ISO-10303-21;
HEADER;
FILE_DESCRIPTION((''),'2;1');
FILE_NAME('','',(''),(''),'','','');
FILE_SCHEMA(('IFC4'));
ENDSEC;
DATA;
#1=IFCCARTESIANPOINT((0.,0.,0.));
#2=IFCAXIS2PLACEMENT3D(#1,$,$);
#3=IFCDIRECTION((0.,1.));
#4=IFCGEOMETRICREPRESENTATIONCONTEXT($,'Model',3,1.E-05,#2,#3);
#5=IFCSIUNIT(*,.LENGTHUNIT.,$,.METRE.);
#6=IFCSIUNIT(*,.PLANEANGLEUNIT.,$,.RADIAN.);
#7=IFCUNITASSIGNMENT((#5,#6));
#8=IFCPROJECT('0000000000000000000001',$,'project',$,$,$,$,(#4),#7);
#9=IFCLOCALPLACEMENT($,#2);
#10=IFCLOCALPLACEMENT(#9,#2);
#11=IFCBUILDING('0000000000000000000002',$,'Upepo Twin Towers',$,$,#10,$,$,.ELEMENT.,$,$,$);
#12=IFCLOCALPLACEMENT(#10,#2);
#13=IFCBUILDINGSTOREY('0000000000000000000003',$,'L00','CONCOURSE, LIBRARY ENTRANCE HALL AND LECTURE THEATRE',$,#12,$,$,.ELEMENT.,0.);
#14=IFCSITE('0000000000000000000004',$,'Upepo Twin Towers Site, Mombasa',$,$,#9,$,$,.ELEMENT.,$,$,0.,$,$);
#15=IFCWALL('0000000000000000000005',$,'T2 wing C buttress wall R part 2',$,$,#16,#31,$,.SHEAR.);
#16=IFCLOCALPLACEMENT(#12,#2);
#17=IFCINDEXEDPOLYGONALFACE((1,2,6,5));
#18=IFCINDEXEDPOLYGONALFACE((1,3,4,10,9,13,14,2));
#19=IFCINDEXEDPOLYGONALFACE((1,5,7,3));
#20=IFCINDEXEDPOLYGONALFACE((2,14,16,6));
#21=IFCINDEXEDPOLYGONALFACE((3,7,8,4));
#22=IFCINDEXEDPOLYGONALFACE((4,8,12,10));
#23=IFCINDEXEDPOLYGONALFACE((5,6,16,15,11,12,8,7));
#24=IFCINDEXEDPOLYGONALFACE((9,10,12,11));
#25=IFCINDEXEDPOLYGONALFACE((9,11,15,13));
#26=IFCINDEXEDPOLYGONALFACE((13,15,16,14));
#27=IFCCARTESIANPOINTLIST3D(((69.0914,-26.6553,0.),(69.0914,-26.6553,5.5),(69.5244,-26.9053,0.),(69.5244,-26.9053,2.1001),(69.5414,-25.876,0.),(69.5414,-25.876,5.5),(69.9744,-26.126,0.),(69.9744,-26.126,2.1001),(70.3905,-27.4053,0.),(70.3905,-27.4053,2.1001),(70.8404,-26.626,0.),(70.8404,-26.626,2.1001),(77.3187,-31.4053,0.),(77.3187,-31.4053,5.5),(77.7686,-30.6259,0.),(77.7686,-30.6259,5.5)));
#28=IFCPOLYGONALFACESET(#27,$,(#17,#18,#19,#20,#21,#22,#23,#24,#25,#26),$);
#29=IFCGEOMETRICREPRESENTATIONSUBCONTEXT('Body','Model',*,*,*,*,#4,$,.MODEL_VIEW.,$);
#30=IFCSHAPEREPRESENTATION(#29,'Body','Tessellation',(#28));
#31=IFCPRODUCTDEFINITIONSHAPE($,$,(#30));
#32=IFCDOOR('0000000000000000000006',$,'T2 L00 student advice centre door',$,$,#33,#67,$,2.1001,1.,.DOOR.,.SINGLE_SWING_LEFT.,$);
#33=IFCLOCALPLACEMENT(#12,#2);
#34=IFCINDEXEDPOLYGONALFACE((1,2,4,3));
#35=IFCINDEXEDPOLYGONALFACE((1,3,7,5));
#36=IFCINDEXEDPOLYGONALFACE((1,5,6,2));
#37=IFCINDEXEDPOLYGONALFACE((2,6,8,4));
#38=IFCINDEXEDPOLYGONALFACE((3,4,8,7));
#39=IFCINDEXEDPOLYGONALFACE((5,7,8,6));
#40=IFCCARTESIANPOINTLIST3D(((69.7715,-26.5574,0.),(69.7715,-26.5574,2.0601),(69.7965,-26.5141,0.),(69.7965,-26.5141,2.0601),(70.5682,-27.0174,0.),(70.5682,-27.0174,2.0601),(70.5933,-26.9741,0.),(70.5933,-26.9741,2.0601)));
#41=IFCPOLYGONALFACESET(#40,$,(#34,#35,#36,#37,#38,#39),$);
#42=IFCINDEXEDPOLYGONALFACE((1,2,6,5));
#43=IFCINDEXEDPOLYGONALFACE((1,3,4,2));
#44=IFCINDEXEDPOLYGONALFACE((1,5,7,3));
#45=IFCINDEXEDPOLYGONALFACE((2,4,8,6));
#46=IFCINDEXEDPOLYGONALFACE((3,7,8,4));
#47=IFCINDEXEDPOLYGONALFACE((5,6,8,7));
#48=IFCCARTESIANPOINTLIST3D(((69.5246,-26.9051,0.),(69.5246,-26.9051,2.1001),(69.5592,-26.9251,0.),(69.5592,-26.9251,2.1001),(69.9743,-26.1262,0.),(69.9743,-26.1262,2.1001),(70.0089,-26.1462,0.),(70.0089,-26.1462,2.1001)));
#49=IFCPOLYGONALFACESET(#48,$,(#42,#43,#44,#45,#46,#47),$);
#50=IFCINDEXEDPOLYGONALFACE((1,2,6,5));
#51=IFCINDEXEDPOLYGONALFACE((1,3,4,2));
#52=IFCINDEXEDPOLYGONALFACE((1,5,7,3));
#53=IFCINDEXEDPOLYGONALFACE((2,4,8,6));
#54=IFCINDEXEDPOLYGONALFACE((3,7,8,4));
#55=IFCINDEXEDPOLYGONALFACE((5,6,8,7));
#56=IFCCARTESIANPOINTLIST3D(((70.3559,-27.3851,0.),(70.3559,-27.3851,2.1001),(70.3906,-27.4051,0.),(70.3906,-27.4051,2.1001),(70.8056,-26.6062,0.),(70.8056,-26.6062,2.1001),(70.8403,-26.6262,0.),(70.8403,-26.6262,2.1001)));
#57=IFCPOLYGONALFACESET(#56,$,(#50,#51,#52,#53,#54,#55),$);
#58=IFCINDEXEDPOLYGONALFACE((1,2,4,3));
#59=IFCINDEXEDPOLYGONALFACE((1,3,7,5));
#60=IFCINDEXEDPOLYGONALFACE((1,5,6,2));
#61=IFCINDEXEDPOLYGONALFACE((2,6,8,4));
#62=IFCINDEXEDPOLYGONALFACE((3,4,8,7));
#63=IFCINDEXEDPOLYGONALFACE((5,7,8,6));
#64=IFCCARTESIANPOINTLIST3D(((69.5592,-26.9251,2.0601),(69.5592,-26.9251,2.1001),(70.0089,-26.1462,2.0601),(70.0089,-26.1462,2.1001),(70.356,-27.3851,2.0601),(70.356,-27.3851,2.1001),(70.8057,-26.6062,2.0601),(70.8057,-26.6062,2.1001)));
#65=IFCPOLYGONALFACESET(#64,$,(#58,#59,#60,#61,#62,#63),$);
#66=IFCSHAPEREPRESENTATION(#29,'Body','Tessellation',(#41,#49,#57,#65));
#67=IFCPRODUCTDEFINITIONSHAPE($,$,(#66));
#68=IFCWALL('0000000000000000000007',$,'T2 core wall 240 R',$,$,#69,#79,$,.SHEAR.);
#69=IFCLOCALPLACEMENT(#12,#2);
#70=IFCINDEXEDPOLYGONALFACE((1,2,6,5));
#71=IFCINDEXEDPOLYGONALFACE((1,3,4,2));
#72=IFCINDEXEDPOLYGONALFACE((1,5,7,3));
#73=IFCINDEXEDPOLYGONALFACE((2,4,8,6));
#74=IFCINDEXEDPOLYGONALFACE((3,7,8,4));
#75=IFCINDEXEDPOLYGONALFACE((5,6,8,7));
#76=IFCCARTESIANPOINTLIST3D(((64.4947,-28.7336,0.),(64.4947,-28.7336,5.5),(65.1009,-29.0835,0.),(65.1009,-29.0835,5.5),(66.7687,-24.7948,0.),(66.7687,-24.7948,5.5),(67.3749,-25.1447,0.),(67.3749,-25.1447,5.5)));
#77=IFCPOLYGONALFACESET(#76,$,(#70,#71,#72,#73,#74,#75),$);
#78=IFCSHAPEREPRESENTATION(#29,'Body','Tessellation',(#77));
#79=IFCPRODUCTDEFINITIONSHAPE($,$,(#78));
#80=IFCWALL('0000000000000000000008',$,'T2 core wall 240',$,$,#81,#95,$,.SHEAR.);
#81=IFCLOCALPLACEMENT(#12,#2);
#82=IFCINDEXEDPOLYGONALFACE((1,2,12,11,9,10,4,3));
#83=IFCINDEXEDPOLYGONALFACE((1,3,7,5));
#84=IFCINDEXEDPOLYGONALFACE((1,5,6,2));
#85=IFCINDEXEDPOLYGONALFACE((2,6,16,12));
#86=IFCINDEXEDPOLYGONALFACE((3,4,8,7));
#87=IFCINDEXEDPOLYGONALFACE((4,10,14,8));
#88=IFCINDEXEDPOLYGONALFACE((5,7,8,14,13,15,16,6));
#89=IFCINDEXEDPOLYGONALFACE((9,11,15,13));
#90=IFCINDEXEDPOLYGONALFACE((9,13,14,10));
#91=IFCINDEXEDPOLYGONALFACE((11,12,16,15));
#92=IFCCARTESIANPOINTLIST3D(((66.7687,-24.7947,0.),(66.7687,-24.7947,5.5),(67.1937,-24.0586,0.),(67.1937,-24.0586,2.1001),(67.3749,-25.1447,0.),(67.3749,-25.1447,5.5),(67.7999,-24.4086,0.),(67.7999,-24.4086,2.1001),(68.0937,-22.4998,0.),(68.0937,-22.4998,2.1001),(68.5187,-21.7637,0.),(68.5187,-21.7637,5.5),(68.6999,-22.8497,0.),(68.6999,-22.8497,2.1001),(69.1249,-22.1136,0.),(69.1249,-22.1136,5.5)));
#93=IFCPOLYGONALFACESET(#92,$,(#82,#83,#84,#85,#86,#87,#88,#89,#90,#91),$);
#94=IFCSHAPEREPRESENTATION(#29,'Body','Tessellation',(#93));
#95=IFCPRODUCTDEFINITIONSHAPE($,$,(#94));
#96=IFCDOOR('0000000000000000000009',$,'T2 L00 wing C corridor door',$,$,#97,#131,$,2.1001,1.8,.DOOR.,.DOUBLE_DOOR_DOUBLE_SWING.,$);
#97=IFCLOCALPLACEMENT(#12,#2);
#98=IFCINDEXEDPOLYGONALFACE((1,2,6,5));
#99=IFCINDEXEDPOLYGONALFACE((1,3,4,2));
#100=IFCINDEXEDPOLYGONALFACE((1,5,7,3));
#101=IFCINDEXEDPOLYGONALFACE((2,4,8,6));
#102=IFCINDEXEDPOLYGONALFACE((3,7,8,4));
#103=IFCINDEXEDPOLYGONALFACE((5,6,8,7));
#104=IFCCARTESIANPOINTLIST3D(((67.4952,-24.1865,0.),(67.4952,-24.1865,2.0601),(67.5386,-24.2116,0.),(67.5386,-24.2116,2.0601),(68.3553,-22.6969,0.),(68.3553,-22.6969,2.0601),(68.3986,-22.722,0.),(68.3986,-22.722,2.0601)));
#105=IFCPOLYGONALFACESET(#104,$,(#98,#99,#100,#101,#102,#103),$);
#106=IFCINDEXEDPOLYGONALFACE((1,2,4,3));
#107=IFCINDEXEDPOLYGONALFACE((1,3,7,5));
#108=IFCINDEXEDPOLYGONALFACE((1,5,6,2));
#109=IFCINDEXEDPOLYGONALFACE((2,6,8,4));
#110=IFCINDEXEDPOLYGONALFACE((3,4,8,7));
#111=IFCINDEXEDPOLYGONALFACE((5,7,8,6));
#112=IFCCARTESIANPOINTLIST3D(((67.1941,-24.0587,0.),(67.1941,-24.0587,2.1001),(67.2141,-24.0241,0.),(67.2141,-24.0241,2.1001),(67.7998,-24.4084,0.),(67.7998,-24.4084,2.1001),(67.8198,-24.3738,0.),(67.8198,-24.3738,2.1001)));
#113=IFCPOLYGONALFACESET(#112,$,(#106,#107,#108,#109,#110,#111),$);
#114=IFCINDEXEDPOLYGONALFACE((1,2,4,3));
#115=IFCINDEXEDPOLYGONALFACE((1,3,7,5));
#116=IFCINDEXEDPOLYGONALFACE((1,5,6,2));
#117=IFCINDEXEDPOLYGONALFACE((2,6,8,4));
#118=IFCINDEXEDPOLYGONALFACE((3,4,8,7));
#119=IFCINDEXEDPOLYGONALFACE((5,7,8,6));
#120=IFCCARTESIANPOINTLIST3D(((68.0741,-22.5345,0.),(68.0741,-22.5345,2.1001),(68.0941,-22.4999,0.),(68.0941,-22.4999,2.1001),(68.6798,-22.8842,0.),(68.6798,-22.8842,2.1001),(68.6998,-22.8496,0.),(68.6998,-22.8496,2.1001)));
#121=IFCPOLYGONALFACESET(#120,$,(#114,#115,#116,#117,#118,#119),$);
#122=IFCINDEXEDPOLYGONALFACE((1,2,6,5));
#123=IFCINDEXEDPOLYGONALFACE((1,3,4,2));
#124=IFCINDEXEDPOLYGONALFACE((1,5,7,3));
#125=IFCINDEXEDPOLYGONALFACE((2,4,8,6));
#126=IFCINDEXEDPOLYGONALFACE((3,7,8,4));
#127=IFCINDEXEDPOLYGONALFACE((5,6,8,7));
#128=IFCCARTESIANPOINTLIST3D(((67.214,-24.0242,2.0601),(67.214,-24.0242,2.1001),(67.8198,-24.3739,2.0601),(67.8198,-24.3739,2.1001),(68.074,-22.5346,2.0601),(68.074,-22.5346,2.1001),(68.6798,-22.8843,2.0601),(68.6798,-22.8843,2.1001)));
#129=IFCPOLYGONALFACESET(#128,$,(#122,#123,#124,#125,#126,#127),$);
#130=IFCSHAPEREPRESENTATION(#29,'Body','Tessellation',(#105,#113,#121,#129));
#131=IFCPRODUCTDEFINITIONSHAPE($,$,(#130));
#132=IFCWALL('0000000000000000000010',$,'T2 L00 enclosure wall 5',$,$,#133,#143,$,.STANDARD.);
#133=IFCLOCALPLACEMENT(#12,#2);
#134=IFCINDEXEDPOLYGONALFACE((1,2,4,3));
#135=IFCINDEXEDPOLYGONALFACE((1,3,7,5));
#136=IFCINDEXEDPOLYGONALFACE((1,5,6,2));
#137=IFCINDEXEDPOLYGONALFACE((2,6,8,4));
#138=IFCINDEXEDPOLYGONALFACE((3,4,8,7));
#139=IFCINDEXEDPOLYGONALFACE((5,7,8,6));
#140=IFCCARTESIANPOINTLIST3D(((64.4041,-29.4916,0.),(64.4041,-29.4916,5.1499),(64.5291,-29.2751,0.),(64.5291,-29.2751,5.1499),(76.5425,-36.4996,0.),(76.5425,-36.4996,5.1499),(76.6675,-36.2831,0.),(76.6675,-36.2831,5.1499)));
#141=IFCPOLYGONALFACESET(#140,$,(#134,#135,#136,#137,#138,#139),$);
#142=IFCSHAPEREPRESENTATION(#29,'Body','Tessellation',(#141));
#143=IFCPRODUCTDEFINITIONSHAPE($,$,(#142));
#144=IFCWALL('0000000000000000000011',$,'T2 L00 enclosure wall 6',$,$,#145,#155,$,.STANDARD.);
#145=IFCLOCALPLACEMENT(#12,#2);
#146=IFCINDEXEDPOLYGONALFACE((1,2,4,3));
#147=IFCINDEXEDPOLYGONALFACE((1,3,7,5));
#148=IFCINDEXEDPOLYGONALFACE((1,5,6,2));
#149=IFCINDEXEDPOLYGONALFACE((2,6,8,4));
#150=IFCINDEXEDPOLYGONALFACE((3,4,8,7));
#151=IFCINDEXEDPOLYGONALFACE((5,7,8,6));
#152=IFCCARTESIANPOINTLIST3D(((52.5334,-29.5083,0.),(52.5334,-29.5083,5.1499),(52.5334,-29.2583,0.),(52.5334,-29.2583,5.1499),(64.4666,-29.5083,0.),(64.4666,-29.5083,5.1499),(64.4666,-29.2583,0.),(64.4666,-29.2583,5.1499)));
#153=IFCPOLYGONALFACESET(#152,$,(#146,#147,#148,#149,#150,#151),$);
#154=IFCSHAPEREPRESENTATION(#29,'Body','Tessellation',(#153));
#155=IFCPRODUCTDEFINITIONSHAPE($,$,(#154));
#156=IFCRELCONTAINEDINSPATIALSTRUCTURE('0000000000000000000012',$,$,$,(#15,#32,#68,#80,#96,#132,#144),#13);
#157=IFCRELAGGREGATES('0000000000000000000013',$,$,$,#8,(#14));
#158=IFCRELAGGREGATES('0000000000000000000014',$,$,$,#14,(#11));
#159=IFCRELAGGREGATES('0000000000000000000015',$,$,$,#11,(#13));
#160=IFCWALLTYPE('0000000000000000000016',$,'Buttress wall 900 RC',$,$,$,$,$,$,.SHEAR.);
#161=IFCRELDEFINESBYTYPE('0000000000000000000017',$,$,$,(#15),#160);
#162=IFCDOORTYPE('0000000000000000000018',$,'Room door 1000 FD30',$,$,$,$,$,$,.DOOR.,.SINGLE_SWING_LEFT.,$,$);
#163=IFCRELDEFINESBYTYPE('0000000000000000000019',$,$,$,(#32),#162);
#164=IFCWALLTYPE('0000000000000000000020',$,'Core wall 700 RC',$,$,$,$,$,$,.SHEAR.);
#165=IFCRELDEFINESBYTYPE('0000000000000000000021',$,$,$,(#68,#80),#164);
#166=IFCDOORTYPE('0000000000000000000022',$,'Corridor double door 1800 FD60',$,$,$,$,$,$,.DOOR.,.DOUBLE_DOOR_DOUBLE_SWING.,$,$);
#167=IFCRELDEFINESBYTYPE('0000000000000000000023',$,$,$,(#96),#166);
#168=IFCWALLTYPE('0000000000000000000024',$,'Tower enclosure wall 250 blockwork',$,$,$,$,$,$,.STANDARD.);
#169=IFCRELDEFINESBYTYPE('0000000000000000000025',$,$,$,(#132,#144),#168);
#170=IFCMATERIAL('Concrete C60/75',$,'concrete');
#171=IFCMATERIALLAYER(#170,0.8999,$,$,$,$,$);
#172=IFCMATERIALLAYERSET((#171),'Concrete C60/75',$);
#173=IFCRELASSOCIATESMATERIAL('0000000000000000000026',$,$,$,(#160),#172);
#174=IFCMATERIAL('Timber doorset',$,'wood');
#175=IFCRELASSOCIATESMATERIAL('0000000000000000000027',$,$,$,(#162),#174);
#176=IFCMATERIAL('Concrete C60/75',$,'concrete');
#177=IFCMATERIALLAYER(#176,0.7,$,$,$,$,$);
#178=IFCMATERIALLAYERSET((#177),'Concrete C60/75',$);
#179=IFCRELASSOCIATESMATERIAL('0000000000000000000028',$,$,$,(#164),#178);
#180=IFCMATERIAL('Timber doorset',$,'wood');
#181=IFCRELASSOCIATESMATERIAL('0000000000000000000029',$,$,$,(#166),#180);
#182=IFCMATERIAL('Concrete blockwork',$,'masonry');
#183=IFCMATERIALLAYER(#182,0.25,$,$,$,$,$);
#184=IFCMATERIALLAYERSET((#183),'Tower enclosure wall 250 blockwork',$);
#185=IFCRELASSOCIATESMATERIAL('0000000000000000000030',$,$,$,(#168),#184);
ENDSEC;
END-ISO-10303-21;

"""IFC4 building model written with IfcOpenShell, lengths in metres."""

from ifc_helpers import new_model, si_unit, direction, frame, frame_2d, origin, place, context, subcontext, project, spatial, rectangle, extrude, material, layer, layer_set, type_object, element, fill, save


model = new_model("IFC4")

# Units and contexts
model_context = context("Model", 3, precision=1e-05, world=origin(), true_north=direction((0.0, 1.0)))
body_context = subcontext(model_context, "Body", "Model", "MODEL_VIEW")
ifc_project = project(units=[si_unit("LENGTHUNIT", "METRE"), si_unit("PLANEANGLEUNIT", "RADIAN")], contexts=[model_context])

# Site, building, storey
site_placement = place(None, origin())
site = spatial("IfcSite", under=ifc_project, at=site_placement, Name="Upepo Twin Towers Site, Mombasa", CompositionType="ELEMENT", RefElevation=0.0)
building_placement = place(site_placement, origin())
building = spatial("IfcBuilding", under=site, at=building_placement, Name="Upepo Twin Towers", CompositionType="ELEMENT")
storey_placement = place(building_placement, origin())
storey = spatial("IfcBuildingStorey", under=building, at=storey_placement, Name="L00", Description="CONCOURSE, LIBRARY ENTRANCE HALL AND LECTURE THEATRE", CompositionType="ELEMENT", Elevation=0.0)

# Wall, opening, door
ifc_material_1 = material(Name="Concrete C60/75", Category="concrete")
ifc_layer_1 = layer(ifc_material_1, 0.8999)
ifc_layer_set_1 = layer_set([ifc_layer_1], Name="Concrete C60/75")
wall_type_1 = type_object("IfcWallType", Name="Buttress wall 900 RC", PredefinedType="SHEAR", material=ifc_layer_set_1)
wall_1_placement = place(storey_placement, frame((69.3164, -26.2656, 0.0), z_axis=(0.0, 0.0, 1.0), x_axis=(0.866027, -0.499998, 0.0)))
wall_1 = element("IfcWall", 1, at=wall_1_placement, inside=storey, type_object=wall_type_1, Name="T2 wing C buttress wall R part 2", PredefinedType="SHEAR", context=body_context, shape_type="SweptSolid", body=[
    extrude(rectangle(XDim=9.5, YDim=0.8999, at=frame_2d((4.75, 0.0))), origin(), (0.0, 0.0, 1.0), 5.5),
])
opening_1_placement = place(wall_1_placement, frame((0.5, 0.0, 0.0)))
opening_1 = element("IfcOpeningElement", 2, at=opening_1_placement, cuts=wall_1, PredefinedType="OPENING", context=body_context, shape_type="SweptSolid", body=[
    extrude(rectangle(XDim=1.0, YDim=2.1001, at=frame_2d((0.5, 1.05))), frame((0.0, 0.46, 0.0), z_axis=(0.0, -1.0, 0.0), x_axis=(1.0, 0.0, 0.0)), (0.0, 0.0, 1.0), 0.9199),
])
ifc_material_2 = material(Name="Timber doorset", Category="wood")
door_type_1 = type_object("IfcDoorType", Name="Room door 1000 FD30", OperationType="SINGLE_SWING_LEFT", PredefinedType="DOOR", material=ifc_material_2)
door_1_placement = place(opening_1_placement, origin())
door_1 = element("IfcDoor", 3, at=door_1_placement, inside=storey, type_object=door_type_1, Name="T2 L00 student advice centre door", OperationType="SINGLE_SWING_LEFT", OverallHeight=2.1001, OverallWidth=1.0, PredefinedType="DOOR", context=body_context, shape_type="SweptSolid", body=[
    extrude(rectangle(XDim=0.92, YDim=2.0601, at=frame_2d((0.5, 1.03))), frame((0.0, 0.0249, 0.0), z_axis=(0.0, -1.0, 0.0), x_axis=(1.0, 0.0, 0.0)), (0.0, 0.0, 1.0), 0.05),
    extrude(rectangle(XDim=0.04, YDim=2.1001, at=frame_2d((0.02, 1.05))), frame((0.0, 0.4497, 0.0), z_axis=(0.0, -1.0, 0.0), x_axis=(1.0, 0.0, 0.0)), (0.0, 0.0, 1.0), 0.8994),
    extrude(rectangle(XDim=0.04, YDim=2.1001, at=frame_2d((0.98, 1.05))), frame((0.0, 0.4497, 0.0), z_axis=(0.0, -1.0, 0.0), x_axis=(1.0, 0.0, 0.0)), (0.0, 0.0, 1.0), 0.8994),
    extrude(rectangle(XDim=0.92, YDim=0.04, at=frame_2d((0.5, 2.0801))), frame((0.0, 0.4497, 0.0), z_axis=(0.0, -1.0, 0.0), x_axis=(1.0, 0.0, 0.0)), (0.0, 0.0, 1.0), 0.8994),
])
fill(opening_1, door_1)

# Wall
ifc_material_3 = material(Name="Concrete C60/75", Category="concrete")
ifc_layer_2 = layer(ifc_material_3, 0.7)
ifc_layer_set_2 = layer_set([ifc_layer_2], Name="Concrete C60/75")
wall_type_2 = type_object("IfcWallType", Name="Core wall 700 RC", PredefinedType="SHEAR", material=ifc_layer_set_2)
wall_2_placement = place(storey_placement, frame((64.7979, -28.9084, 0.0), z_axis=(0.0, 0.0, 1.0), x_axis=(0.499984, 0.866035, 0.0)))
element("IfcWall", 4, at=wall_2_placement, inside=storey, type_object=wall_type_2, Name="T2 core wall 240 R", PredefinedType="SHEAR", context=body_context, shape_type="SweptSolid", body=[
    extrude(rectangle(XDim=4.5481, YDim=0.7, at=frame_2d((2.2739, 0.0))), origin(), (0.0, 0.0, 1.0), 5.5),
])

# Wall, opening, door
wall_3_placement = place(storey_placement, frame((67.0718, -24.9697, 0.0), z_axis=(0.0, 0.0, 1.0), x_axis=(0.50001, 0.866019, 0.0)))
wall_3 = element("IfcWall", 5, at=wall_3_placement, inside=storey, type_object=wall_type_2, Name="T2 core wall 240", PredefinedType="SHEAR", context=body_context, shape_type="SweptSolid", body=[
    extrude(rectangle(XDim=3.5, YDim=0.7, at=frame_2d((1.75, 0.0))), origin(), (0.0, 0.0, 1.0), 5.5),
])
opening_2_placement = place(wall_3_placement, frame((0.8501, 0.0, 0.0)))
opening_2 = element("IfcOpeningElement", 6, at=opening_2_placement, cuts=wall_3, PredefinedType="OPENING", context=body_context, shape_type="SweptSolid", body=[
    extrude(rectangle(XDim=1.8, YDim=2.1001, at=frame_2d((0.8999, 1.05))), frame((0.0, 0.3599, 0.0), z_axis=(0.0, -1.0, 0.0), x_axis=(1.0, 0.0, 0.0)), (0.0, 0.0, 1.0), 0.72),
])
ifc_material_4 = material(Name="Timber doorset", Category="wood")
door_type_2 = type_object("IfcDoorType", Name="Corridor double door 1800 FD60", OperationType="DOUBLE_DOOR_DOUBLE_SWING", PredefinedType="DOOR", material=ifc_material_4)
door_2_placement = place(opening_2_placement, origin())
door_2 = element("IfcDoor", 7, at=door_2_placement, inside=storey, type_object=door_type_2, Name="T2 L00 wing C corridor door", OperationType="DOUBLE_DOOR_DOUBLE_SWING", OverallHeight=2.1001, OverallWidth=1.8, PredefinedType="DOOR", context=body_context, shape_type="SweptSolid", body=[
    extrude(rectangle(XDim=1.72, YDim=2.0601, at=frame_2d((0.8999, 1.03))), frame((0.0, 0.0249, 0.0), z_axis=(0.0, -1.0, 0.0), x_axis=(1.0, 0.0, 0.0)), (0.0, 0.0, 1.0), 0.05),
    extrude(rectangle(XDim=0.04, YDim=2.1001, at=frame_2d((0.02, 1.05))), frame((0.0, 0.3496, 0.0), z_axis=(0.0, -1.0, 0.0), x_axis=(1.0, 0.0, 0.0)), (0.0, 0.0, 1.0), 0.6995),
    extrude(rectangle(XDim=0.04, YDim=2.1001, at=frame_2d((1.78, 1.05))), frame((0.0, 0.3496, 0.0), z_axis=(0.0, -1.0, 0.0), x_axis=(1.0, 0.0, 0.0)), (0.0, 0.0, 1.0), 0.6995),
    extrude(rectangle(XDim=1.72, YDim=0.04, at=frame_2d((0.8999, 2.0801))), frame((0.0, 0.3496, 0.0), z_axis=(0.0, -1.0, 0.0), x_axis=(1.0, 0.0, 0.0)), (0.0, 0.0, 1.0), 0.6995),
])
fill(opening_2, door_2)

# Walls
ifc_material_5 = material(Name="Concrete blockwork", Category="masonry")
ifc_layer_3 = layer(ifc_material_5, 0.25)
ifc_layer_set_3 = layer_set([ifc_layer_3], Name="Tower enclosure wall 250 blockwork")
wall_type_3 = type_object("IfcWallType", Name="Tower enclosure wall 250 blockwork", PredefinedType="STANDARD", material=ifc_layer_set_3)
wall_4_placement = place(storey_placement, frame((76.605, -36.3914, 0.0), z_axis=(0.0, 0.0, 1.0), x_axis=(-0.866028, 0.499996, 0.0)))
element("IfcWall", 8, at=wall_4_placement, inside=storey, type_object=wall_type_3, Name="T2 L00 enclosure wall 5", PredefinedType="STANDARD", context=body_context, shape_type="SweptSolid", body=[
    extrude(rectangle(XDim=14.0161, YDim=0.25, at=frame_2d((7.0081, 0.0))), origin(), (0.0, 0.0, 1.0), 5.1499),
])
wall_5_placement = place(storey_placement, frame((64.4666, -29.3833, 0.0), z_axis=(0.0, 0.0, 1.0), x_axis=(-1.0, 0.0, 0.0)))
element("IfcWall", 9, at=wall_5_placement, inside=storey, type_object=wall_type_3, Name="T2 L00 enclosure wall 6", PredefinedType="STANDARD", context=body_context, shape_type="SweptSolid", body=[
    extrude(rectangle(XDim=11.9331, YDim=0.25, at=frame_2d((5.9666, 0.0))), origin(), (0.0, 0.0, 1.0), 5.1499),
])

save(model, "model.ifc")
